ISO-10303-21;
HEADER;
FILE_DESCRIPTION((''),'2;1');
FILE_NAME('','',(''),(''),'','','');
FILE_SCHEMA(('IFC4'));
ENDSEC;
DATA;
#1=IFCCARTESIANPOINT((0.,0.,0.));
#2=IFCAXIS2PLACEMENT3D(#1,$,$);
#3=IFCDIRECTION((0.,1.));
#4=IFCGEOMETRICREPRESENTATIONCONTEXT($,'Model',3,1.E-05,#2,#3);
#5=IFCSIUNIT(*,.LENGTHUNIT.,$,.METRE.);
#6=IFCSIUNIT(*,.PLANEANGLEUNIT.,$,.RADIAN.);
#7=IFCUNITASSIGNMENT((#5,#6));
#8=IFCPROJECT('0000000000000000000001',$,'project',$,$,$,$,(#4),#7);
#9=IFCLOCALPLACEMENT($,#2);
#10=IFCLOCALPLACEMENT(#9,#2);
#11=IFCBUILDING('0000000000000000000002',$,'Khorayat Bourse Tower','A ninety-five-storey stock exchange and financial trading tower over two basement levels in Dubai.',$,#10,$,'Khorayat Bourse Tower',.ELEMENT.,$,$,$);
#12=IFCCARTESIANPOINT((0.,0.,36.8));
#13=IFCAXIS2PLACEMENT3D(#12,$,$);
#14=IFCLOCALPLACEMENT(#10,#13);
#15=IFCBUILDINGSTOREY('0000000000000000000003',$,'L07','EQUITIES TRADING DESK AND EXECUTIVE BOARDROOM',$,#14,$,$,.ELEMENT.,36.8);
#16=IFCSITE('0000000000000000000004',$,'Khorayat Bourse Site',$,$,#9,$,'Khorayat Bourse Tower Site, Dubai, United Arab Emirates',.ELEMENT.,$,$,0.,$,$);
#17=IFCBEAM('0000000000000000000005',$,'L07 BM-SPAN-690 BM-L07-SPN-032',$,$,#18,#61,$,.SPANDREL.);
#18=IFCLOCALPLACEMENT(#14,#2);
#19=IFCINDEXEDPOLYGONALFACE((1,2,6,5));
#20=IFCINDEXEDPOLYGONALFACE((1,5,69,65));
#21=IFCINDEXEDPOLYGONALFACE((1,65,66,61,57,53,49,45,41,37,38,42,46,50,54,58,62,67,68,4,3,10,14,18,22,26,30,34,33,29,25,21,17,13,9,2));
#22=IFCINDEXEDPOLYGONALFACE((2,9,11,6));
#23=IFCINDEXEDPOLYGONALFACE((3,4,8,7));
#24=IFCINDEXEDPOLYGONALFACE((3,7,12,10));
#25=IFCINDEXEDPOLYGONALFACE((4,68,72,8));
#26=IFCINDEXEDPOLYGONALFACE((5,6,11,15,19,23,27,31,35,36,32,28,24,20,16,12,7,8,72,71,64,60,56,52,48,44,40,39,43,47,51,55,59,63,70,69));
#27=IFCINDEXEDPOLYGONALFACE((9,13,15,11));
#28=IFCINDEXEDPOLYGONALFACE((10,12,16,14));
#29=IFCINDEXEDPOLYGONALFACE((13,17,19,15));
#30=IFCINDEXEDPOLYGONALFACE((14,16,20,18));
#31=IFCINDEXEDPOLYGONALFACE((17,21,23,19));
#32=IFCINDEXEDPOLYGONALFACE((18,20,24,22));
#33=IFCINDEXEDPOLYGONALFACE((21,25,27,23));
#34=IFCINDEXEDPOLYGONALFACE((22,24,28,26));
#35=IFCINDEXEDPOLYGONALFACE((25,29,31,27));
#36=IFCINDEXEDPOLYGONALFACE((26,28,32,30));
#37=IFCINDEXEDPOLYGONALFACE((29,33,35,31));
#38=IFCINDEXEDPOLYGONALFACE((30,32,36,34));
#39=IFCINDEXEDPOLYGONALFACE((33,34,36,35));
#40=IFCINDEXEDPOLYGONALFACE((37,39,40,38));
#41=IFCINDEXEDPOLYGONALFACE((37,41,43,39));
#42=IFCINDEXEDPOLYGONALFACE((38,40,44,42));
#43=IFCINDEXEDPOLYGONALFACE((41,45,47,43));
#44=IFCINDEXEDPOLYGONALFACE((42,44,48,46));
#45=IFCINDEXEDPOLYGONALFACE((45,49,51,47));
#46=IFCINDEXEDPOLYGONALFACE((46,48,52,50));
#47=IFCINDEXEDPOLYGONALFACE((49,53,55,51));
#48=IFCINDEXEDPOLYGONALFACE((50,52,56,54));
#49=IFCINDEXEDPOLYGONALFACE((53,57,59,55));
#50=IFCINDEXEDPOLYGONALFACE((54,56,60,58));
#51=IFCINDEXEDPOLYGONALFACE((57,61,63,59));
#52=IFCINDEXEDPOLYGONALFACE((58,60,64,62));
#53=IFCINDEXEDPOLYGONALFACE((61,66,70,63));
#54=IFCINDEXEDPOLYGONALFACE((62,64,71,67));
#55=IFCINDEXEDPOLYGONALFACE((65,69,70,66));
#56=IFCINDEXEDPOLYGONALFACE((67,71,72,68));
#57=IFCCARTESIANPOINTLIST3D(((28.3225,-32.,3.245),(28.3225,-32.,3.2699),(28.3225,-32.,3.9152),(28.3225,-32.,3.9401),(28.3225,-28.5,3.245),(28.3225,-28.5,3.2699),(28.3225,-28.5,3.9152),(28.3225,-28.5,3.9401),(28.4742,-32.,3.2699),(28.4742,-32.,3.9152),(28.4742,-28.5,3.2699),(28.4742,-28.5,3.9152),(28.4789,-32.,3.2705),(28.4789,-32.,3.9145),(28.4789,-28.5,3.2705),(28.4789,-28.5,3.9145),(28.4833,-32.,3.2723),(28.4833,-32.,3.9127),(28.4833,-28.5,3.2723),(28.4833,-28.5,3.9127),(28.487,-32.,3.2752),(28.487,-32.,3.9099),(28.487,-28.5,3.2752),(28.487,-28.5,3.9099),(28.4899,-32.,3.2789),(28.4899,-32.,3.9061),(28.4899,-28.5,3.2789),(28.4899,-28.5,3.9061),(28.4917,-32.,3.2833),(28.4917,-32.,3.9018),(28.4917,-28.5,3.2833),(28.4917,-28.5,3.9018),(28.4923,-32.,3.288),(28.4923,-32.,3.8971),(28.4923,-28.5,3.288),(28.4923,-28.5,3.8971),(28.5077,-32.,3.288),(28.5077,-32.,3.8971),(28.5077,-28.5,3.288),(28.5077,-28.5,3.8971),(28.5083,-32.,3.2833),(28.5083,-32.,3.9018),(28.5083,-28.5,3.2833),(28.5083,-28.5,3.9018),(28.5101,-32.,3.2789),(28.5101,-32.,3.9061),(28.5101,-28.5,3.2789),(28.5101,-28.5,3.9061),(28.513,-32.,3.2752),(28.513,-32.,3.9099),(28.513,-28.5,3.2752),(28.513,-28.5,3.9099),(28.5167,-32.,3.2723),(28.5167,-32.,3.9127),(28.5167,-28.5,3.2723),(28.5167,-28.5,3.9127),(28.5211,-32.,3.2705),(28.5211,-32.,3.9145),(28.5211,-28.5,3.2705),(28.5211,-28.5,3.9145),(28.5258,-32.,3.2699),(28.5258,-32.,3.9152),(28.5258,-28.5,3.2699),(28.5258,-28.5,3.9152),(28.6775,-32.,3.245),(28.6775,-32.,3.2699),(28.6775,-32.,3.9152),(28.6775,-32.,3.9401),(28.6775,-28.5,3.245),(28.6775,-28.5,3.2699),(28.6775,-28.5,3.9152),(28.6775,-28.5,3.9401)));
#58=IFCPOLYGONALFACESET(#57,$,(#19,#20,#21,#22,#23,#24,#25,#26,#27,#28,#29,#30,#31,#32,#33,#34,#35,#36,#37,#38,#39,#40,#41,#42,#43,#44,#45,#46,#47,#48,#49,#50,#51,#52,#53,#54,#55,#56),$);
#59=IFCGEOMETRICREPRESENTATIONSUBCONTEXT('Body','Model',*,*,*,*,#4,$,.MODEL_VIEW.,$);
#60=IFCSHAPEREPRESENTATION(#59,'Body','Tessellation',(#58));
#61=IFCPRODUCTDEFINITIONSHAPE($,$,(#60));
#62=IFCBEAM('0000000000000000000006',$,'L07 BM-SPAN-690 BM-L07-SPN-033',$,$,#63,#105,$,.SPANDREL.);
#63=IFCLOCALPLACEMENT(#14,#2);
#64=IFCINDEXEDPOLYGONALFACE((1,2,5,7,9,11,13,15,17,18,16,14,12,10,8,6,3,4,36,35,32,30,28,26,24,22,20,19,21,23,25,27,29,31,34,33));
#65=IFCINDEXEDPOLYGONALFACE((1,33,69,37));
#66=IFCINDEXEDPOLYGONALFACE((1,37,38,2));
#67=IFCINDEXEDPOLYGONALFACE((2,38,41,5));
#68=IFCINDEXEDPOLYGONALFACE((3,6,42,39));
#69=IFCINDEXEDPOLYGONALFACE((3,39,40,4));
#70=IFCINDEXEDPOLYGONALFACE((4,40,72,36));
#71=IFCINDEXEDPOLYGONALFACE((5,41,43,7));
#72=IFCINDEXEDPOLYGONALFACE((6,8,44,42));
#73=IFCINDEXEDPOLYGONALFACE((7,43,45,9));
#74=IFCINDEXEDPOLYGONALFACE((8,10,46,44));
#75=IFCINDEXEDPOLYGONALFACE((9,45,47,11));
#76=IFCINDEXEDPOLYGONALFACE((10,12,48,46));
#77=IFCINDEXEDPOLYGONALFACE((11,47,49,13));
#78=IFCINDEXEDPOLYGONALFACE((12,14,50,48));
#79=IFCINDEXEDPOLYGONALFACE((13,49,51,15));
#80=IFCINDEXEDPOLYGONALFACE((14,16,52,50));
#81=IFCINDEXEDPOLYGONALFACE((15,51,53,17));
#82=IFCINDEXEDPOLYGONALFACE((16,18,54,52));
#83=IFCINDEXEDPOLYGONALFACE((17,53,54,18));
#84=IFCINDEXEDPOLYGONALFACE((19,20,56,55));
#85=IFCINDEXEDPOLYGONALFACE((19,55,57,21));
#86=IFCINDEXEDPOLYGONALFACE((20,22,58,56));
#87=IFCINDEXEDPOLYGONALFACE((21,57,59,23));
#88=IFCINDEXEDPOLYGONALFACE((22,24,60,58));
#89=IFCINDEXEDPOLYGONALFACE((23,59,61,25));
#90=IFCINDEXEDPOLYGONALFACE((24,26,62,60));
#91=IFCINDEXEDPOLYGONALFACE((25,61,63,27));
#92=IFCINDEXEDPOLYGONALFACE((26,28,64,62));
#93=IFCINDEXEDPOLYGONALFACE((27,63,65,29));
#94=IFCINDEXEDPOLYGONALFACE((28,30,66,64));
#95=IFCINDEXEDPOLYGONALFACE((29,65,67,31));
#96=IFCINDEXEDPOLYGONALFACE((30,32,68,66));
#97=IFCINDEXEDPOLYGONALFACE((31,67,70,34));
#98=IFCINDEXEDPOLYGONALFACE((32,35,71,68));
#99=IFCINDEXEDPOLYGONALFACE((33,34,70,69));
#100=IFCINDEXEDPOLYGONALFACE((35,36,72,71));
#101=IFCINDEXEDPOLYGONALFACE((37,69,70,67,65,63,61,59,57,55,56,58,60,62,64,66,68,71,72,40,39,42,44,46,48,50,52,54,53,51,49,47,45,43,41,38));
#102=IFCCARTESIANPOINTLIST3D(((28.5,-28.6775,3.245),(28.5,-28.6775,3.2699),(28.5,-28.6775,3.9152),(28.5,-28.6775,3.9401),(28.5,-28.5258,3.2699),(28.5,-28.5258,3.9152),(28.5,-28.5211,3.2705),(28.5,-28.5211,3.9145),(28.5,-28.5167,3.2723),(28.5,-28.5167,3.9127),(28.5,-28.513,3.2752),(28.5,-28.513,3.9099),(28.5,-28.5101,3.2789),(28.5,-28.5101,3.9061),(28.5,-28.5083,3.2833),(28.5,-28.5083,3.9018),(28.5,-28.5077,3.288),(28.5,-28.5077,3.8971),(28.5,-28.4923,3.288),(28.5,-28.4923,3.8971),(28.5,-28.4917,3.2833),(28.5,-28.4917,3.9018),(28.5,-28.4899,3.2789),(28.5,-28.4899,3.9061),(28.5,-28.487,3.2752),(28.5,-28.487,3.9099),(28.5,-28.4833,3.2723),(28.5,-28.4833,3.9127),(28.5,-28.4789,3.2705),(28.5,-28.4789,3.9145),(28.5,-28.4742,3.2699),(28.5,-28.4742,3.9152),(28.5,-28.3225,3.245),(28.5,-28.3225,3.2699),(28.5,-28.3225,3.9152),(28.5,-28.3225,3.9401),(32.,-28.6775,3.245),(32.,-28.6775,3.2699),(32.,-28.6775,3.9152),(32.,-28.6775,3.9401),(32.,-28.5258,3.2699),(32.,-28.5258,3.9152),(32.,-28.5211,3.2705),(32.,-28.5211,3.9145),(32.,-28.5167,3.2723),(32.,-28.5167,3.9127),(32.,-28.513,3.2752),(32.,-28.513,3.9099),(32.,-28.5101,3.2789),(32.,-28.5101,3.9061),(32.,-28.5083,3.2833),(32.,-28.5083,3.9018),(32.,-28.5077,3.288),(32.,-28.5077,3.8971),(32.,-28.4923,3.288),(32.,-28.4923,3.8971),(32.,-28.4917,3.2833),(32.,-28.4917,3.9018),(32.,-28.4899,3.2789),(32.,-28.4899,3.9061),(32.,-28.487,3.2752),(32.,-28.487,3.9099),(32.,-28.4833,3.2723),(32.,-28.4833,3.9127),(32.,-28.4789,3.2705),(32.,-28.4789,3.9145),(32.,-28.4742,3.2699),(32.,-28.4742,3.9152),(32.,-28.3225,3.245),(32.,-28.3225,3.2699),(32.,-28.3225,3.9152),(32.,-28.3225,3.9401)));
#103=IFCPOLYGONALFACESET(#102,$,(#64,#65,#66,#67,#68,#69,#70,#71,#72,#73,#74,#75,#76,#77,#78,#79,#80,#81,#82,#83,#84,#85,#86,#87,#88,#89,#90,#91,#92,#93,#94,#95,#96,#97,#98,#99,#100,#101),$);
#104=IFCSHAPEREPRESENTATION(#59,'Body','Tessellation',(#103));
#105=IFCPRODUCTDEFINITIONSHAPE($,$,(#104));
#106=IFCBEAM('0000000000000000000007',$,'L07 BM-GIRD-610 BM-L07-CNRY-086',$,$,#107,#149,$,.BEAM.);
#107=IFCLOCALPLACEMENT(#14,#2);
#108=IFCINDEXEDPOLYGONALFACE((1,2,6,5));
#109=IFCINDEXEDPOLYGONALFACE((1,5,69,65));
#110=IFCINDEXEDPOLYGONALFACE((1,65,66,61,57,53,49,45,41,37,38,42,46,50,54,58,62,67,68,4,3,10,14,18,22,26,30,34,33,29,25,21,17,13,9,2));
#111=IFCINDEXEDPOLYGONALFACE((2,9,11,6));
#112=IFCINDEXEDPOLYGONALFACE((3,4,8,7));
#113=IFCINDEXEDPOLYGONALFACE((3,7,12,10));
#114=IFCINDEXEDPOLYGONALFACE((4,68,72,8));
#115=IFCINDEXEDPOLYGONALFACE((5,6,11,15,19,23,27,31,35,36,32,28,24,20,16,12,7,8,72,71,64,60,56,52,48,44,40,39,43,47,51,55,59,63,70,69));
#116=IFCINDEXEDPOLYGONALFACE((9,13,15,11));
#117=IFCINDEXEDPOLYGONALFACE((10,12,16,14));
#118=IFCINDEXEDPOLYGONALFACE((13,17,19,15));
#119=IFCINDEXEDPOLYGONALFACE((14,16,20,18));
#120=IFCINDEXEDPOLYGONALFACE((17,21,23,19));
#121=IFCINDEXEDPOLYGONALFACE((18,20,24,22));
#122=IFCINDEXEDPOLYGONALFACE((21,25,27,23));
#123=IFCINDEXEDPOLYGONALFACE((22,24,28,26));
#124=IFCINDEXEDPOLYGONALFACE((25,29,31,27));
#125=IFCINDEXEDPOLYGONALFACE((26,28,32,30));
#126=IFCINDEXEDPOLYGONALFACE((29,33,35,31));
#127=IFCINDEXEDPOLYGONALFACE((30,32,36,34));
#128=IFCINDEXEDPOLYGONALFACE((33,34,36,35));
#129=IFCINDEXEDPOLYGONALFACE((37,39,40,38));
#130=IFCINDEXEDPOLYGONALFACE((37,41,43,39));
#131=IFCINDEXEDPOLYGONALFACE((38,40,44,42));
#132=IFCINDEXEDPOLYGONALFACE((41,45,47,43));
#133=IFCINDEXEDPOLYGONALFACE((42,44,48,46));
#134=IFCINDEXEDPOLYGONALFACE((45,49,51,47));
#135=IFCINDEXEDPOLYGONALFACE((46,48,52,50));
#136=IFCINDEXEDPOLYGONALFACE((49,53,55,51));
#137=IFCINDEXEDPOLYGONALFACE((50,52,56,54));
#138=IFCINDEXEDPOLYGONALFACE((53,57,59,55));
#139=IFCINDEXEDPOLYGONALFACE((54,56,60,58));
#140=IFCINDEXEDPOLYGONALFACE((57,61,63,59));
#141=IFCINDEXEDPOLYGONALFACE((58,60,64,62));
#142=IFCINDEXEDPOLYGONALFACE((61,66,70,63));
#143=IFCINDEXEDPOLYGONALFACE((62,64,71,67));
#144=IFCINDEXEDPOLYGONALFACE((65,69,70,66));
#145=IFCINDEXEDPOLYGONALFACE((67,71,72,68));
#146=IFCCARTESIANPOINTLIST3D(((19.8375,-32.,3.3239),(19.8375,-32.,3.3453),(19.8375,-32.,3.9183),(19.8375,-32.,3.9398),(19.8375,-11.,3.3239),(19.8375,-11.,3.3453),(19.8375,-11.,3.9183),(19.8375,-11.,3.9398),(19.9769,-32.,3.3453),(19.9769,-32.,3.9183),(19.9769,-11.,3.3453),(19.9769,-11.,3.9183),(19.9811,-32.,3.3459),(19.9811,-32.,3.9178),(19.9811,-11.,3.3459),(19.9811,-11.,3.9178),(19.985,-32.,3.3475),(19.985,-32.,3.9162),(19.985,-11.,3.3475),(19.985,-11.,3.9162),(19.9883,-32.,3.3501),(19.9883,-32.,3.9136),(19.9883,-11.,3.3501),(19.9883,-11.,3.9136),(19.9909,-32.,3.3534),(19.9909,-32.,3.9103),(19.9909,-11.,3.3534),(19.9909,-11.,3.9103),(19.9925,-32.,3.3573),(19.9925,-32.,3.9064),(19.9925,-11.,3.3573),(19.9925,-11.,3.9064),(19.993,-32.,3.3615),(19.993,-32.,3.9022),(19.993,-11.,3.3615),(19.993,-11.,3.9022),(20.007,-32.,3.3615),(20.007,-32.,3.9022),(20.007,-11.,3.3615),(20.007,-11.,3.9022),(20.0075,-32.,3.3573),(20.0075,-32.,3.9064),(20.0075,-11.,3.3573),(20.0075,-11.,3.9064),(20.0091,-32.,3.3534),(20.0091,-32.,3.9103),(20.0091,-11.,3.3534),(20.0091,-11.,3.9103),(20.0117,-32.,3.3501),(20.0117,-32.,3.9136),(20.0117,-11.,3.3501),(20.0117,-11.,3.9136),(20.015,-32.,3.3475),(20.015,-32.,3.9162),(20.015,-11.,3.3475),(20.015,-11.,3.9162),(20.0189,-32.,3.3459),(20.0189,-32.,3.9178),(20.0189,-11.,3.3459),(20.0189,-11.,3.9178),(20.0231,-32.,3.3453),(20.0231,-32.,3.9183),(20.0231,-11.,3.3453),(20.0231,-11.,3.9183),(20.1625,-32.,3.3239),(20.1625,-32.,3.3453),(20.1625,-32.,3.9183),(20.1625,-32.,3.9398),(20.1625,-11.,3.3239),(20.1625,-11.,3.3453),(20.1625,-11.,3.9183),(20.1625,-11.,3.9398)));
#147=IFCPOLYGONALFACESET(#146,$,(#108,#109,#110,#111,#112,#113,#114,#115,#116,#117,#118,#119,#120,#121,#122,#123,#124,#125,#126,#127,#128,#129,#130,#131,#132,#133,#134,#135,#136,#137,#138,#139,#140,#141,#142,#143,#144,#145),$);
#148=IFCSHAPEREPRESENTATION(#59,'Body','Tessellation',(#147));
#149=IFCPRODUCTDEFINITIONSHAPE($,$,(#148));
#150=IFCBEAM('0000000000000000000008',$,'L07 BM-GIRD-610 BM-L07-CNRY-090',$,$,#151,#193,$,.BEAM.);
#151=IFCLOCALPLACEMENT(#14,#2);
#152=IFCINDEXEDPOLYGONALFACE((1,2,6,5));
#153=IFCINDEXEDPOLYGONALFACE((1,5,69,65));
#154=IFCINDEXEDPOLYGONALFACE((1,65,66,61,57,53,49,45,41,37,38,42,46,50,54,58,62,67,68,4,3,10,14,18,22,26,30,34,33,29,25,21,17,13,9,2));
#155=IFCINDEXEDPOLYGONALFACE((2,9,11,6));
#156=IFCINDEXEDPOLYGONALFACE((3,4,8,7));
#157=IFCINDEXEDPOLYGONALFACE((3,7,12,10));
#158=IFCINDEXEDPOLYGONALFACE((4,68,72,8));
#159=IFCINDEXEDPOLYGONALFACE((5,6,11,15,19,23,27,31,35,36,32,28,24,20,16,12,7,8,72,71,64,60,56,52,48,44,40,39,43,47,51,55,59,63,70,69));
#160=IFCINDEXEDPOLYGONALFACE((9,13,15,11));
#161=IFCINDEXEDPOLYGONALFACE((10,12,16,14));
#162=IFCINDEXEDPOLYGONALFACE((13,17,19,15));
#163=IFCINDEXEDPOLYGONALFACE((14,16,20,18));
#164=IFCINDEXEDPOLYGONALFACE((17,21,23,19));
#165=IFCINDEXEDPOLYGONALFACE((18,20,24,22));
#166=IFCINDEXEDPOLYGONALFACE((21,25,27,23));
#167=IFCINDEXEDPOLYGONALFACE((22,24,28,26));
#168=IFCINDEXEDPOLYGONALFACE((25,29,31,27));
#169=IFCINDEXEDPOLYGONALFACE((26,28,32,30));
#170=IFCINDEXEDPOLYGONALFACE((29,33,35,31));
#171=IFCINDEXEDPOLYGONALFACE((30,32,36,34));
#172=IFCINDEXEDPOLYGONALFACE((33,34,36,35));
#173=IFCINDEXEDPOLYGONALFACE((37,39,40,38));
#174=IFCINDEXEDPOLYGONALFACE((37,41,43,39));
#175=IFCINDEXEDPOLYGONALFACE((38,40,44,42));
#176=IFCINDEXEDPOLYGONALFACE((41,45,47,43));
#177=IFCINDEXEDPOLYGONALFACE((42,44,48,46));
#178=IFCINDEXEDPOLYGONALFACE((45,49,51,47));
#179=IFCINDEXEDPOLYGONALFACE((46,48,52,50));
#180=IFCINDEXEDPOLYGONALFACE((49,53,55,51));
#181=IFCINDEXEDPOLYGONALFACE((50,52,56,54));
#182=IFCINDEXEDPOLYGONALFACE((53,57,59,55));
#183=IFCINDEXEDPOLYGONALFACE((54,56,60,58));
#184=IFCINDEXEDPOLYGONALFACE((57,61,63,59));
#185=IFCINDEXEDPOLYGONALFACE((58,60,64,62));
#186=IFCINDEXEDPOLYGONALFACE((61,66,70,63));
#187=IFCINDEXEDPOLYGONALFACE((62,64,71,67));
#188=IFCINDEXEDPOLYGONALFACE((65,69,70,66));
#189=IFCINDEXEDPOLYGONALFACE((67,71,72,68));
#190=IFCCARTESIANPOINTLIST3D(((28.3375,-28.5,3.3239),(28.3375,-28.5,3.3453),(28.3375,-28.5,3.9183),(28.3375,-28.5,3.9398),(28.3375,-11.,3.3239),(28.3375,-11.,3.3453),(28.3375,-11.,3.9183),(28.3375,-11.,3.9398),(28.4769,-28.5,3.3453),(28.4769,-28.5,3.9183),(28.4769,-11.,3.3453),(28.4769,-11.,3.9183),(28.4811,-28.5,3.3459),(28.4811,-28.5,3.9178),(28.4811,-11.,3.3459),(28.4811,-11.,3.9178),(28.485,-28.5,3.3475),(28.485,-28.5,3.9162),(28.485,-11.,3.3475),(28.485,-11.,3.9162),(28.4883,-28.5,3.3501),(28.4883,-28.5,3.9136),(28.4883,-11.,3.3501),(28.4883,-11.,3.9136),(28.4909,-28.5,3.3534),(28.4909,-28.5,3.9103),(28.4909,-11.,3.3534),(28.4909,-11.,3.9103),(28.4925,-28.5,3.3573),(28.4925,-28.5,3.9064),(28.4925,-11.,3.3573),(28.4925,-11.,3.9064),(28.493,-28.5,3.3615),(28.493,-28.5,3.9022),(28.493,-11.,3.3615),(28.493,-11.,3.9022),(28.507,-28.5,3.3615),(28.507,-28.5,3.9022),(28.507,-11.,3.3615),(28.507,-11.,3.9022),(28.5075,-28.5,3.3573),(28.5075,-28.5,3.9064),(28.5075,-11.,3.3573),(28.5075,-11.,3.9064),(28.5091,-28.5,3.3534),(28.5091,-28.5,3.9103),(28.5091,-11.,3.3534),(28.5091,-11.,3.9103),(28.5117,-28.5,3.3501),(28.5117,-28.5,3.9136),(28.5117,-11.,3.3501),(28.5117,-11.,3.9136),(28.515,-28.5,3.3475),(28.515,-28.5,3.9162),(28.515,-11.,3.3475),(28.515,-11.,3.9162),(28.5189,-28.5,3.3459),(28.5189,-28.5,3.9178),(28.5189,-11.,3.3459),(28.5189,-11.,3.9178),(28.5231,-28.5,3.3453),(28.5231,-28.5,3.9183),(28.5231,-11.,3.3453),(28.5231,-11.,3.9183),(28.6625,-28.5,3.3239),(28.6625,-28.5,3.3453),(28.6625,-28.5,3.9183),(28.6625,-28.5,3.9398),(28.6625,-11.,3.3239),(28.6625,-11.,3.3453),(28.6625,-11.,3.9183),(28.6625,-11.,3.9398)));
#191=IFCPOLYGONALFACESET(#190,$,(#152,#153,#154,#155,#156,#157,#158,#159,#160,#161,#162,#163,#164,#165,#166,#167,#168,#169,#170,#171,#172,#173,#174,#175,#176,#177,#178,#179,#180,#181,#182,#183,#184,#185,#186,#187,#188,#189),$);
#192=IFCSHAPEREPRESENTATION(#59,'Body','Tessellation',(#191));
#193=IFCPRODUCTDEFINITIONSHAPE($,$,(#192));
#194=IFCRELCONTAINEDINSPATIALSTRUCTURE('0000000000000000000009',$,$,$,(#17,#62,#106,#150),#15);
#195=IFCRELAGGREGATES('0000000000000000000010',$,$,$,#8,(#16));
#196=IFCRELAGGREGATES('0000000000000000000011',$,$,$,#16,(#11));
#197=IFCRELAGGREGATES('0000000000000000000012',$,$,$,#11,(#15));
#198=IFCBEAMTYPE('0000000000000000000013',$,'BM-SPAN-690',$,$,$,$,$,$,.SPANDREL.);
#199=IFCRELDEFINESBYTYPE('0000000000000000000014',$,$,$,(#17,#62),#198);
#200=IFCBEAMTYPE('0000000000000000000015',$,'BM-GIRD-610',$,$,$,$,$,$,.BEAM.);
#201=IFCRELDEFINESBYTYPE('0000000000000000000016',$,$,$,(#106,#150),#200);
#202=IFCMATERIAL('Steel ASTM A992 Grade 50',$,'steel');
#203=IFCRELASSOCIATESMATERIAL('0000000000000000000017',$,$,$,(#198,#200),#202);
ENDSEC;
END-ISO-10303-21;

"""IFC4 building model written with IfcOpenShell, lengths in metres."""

from ifc_helpers import new_model, si_unit, direction, frame, origin, origin_2d, place, context, subcontext, project, spatial, i_section, extrude, source, transform, mapped, material, material_profile, profile_set, type_object, element, save


model = new_model("IFC4")

# Units and contexts
model_context = context("Model", 3, precision=1e-05, world=origin(), true_north=direction((0.0, 1.0)))
body_context = subcontext(model_context, "Body", "Model", "MODEL_VIEW")
ifc_project = project(units=[si_unit("LENGTHUNIT", "METRE"), si_unit("PLANEANGLEUNIT", "RADIAN")], contexts=[model_context])

# Site, building, storey
site_placement = place(None, origin())
site = spatial("IfcSite", under=ifc_project, at=site_placement, Name="Khorayat Bourse Site", LongName="Khorayat Bourse Tower Site, Dubai, United Arab Emirates", CompositionType="ELEMENT", RefElevation=0.0)
building_placement = place(site_placement, origin())
building = spatial("IfcBuilding", under=site, at=building_placement, Name="Khorayat Bourse Tower", Description="A ninety-five-storey stock exchange and financial trading tower over two basement levels in Dubai.", LongName="Khorayat Bourse Tower", CompositionType="ELEMENT")
storey_placement = place(building_placement, frame((0.0, 0.0, 36.8)))
storey = spatial("IfcBuildingStorey", under=building, at=storey_placement, Name="L07", Description="EQUITIES TRADING DESK AND EXECUTIVE BOARDROOM", CompositionType="ELEMENT", Elevation=36.8)

# Beams
ifc_material_1 = material(Name="Steel ASTM A992 Grade 50", Category="steel")
ifc_material_profile_1 = material_profile(ifc_material_1, i_section(OverallWidth=0.355, OverallDepth=0.6951, WebThickness=0.0154, FlangeThickness=0.0249, FilletRadius=0.0181, at=origin_2d()), Name="W690X217")
ifc_profile_set_1 = profile_set([ifc_material_profile_1], Name="Steel ASTM A992 Grade 50")
beam_type_1 = type_object("IfcBeamType", Name="BM-SPAN-690", PredefinedType="SPANDREL", material=ifc_profile_set_1)
shared_shape_1 = source(origin(), body_context, "Body", "SweptSolid", [
    extrude(i_section(OverallWidth=0.355, OverallDepth=0.6951, WebThickness=0.0154, FlangeThickness=0.0249, FilletRadius=0.0181, at=origin_2d()), origin(), (0.0, 0.0, 1.0), 3.5),
])
for number, where, z_axis, x_axis, name in (
    (1, (28.5, -32.0, 3.5925), (0.0, 1.0, 0.0), (-1.0, 0.0, 0.0), "L07 BM-SPAN-690 BM-L07-SPN-032"),
    (2, (28.5, -28.5, 3.5925), (1.0, 0.0, 0.0), (0.0, 1.0, 0.0), "L07 BM-SPAN-690 BM-L07-SPN-033"),
):
    element("IfcBeam", number, at=place(storey_placement, frame(where, z_axis=z_axis, x_axis=x_axis)), inside=storey, type_object=beam_type_1, Name=name, PredefinedType="SPANDREL", context=body_context, shape_type="MappedRepresentation", body=[
        mapped(shared_shape_1, transform((0.0, 0.0, 0.0), scale=1.0)),
    ])
ifc_material_profile_2 = material_profile(ifc_material_1, i_section(OverallWidth=0.325, OverallDepth=0.616, WebThickness=0.0139, FlangeThickness=0.0215, FilletRadius=0.0161, at=origin_2d()), Name="W610X174")
ifc_profile_set_2 = profile_set([ifc_material_profile_2], Name="Steel ASTM A992 Grade 50")
beam_type_2 = type_object("IfcBeamType", Name="BM-GIRD-610", PredefinedType="BEAM", material=ifc_profile_set_2)
shared_shape_2 = source(origin(), body_context, "Body", "SweptSolid", [
    extrude(i_section(OverallWidth=0.325, OverallDepth=0.616, WebThickness=0.0139, FlangeThickness=0.0215, FilletRadius=0.0161, at=origin_2d()), origin(), (0.0, 0.0, 1.0), 21.0),
])
beam_1_placement = place(storey_placement, frame((20.0, -32.0, 3.6318), z_axis=(0.0, 1.0, 0.0), x_axis=(-1.0, 0.0, 0.0)))
element("IfcBeam", 3, at=beam_1_placement, inside=storey, type_object=beam_type_2, Name="L07 BM-GIRD-610 BM-L07-CNRY-086", PredefinedType="BEAM", context=body_context, shape_type="MappedRepresentation", body=[
    mapped(shared_shape_2, transform((0.0, 0.0, 0.0), scale=1.0)),
])
shared_shape_3 = source(origin(), body_context, "Body", "SweptSolid", [
    extrude(i_section(OverallWidth=0.325, OverallDepth=0.616, WebThickness=0.0139, FlangeThickness=0.0215, FilletRadius=0.0161, at=origin_2d()), origin(), (0.0, 0.0, 1.0), 17.5),
])
beam_2_placement = place(storey_placement, frame((28.5, -28.5, 3.6318), z_axis=(0.0, 1.0, 0.0), x_axis=(-1.0, 0.0, 0.0)))
element("IfcBeam", 4, at=beam_2_placement, inside=storey, type_object=beam_type_2, Name="L07 BM-GIRD-610 BM-L07-CNRY-090", PredefinedType="BEAM", context=body_context, shape_type="MappedRepresentation", body=[
    mapped(shared_shape_3, transform((0.0, 0.0, 0.0), scale=1.0)),
])

save(model, "model.ifc")
